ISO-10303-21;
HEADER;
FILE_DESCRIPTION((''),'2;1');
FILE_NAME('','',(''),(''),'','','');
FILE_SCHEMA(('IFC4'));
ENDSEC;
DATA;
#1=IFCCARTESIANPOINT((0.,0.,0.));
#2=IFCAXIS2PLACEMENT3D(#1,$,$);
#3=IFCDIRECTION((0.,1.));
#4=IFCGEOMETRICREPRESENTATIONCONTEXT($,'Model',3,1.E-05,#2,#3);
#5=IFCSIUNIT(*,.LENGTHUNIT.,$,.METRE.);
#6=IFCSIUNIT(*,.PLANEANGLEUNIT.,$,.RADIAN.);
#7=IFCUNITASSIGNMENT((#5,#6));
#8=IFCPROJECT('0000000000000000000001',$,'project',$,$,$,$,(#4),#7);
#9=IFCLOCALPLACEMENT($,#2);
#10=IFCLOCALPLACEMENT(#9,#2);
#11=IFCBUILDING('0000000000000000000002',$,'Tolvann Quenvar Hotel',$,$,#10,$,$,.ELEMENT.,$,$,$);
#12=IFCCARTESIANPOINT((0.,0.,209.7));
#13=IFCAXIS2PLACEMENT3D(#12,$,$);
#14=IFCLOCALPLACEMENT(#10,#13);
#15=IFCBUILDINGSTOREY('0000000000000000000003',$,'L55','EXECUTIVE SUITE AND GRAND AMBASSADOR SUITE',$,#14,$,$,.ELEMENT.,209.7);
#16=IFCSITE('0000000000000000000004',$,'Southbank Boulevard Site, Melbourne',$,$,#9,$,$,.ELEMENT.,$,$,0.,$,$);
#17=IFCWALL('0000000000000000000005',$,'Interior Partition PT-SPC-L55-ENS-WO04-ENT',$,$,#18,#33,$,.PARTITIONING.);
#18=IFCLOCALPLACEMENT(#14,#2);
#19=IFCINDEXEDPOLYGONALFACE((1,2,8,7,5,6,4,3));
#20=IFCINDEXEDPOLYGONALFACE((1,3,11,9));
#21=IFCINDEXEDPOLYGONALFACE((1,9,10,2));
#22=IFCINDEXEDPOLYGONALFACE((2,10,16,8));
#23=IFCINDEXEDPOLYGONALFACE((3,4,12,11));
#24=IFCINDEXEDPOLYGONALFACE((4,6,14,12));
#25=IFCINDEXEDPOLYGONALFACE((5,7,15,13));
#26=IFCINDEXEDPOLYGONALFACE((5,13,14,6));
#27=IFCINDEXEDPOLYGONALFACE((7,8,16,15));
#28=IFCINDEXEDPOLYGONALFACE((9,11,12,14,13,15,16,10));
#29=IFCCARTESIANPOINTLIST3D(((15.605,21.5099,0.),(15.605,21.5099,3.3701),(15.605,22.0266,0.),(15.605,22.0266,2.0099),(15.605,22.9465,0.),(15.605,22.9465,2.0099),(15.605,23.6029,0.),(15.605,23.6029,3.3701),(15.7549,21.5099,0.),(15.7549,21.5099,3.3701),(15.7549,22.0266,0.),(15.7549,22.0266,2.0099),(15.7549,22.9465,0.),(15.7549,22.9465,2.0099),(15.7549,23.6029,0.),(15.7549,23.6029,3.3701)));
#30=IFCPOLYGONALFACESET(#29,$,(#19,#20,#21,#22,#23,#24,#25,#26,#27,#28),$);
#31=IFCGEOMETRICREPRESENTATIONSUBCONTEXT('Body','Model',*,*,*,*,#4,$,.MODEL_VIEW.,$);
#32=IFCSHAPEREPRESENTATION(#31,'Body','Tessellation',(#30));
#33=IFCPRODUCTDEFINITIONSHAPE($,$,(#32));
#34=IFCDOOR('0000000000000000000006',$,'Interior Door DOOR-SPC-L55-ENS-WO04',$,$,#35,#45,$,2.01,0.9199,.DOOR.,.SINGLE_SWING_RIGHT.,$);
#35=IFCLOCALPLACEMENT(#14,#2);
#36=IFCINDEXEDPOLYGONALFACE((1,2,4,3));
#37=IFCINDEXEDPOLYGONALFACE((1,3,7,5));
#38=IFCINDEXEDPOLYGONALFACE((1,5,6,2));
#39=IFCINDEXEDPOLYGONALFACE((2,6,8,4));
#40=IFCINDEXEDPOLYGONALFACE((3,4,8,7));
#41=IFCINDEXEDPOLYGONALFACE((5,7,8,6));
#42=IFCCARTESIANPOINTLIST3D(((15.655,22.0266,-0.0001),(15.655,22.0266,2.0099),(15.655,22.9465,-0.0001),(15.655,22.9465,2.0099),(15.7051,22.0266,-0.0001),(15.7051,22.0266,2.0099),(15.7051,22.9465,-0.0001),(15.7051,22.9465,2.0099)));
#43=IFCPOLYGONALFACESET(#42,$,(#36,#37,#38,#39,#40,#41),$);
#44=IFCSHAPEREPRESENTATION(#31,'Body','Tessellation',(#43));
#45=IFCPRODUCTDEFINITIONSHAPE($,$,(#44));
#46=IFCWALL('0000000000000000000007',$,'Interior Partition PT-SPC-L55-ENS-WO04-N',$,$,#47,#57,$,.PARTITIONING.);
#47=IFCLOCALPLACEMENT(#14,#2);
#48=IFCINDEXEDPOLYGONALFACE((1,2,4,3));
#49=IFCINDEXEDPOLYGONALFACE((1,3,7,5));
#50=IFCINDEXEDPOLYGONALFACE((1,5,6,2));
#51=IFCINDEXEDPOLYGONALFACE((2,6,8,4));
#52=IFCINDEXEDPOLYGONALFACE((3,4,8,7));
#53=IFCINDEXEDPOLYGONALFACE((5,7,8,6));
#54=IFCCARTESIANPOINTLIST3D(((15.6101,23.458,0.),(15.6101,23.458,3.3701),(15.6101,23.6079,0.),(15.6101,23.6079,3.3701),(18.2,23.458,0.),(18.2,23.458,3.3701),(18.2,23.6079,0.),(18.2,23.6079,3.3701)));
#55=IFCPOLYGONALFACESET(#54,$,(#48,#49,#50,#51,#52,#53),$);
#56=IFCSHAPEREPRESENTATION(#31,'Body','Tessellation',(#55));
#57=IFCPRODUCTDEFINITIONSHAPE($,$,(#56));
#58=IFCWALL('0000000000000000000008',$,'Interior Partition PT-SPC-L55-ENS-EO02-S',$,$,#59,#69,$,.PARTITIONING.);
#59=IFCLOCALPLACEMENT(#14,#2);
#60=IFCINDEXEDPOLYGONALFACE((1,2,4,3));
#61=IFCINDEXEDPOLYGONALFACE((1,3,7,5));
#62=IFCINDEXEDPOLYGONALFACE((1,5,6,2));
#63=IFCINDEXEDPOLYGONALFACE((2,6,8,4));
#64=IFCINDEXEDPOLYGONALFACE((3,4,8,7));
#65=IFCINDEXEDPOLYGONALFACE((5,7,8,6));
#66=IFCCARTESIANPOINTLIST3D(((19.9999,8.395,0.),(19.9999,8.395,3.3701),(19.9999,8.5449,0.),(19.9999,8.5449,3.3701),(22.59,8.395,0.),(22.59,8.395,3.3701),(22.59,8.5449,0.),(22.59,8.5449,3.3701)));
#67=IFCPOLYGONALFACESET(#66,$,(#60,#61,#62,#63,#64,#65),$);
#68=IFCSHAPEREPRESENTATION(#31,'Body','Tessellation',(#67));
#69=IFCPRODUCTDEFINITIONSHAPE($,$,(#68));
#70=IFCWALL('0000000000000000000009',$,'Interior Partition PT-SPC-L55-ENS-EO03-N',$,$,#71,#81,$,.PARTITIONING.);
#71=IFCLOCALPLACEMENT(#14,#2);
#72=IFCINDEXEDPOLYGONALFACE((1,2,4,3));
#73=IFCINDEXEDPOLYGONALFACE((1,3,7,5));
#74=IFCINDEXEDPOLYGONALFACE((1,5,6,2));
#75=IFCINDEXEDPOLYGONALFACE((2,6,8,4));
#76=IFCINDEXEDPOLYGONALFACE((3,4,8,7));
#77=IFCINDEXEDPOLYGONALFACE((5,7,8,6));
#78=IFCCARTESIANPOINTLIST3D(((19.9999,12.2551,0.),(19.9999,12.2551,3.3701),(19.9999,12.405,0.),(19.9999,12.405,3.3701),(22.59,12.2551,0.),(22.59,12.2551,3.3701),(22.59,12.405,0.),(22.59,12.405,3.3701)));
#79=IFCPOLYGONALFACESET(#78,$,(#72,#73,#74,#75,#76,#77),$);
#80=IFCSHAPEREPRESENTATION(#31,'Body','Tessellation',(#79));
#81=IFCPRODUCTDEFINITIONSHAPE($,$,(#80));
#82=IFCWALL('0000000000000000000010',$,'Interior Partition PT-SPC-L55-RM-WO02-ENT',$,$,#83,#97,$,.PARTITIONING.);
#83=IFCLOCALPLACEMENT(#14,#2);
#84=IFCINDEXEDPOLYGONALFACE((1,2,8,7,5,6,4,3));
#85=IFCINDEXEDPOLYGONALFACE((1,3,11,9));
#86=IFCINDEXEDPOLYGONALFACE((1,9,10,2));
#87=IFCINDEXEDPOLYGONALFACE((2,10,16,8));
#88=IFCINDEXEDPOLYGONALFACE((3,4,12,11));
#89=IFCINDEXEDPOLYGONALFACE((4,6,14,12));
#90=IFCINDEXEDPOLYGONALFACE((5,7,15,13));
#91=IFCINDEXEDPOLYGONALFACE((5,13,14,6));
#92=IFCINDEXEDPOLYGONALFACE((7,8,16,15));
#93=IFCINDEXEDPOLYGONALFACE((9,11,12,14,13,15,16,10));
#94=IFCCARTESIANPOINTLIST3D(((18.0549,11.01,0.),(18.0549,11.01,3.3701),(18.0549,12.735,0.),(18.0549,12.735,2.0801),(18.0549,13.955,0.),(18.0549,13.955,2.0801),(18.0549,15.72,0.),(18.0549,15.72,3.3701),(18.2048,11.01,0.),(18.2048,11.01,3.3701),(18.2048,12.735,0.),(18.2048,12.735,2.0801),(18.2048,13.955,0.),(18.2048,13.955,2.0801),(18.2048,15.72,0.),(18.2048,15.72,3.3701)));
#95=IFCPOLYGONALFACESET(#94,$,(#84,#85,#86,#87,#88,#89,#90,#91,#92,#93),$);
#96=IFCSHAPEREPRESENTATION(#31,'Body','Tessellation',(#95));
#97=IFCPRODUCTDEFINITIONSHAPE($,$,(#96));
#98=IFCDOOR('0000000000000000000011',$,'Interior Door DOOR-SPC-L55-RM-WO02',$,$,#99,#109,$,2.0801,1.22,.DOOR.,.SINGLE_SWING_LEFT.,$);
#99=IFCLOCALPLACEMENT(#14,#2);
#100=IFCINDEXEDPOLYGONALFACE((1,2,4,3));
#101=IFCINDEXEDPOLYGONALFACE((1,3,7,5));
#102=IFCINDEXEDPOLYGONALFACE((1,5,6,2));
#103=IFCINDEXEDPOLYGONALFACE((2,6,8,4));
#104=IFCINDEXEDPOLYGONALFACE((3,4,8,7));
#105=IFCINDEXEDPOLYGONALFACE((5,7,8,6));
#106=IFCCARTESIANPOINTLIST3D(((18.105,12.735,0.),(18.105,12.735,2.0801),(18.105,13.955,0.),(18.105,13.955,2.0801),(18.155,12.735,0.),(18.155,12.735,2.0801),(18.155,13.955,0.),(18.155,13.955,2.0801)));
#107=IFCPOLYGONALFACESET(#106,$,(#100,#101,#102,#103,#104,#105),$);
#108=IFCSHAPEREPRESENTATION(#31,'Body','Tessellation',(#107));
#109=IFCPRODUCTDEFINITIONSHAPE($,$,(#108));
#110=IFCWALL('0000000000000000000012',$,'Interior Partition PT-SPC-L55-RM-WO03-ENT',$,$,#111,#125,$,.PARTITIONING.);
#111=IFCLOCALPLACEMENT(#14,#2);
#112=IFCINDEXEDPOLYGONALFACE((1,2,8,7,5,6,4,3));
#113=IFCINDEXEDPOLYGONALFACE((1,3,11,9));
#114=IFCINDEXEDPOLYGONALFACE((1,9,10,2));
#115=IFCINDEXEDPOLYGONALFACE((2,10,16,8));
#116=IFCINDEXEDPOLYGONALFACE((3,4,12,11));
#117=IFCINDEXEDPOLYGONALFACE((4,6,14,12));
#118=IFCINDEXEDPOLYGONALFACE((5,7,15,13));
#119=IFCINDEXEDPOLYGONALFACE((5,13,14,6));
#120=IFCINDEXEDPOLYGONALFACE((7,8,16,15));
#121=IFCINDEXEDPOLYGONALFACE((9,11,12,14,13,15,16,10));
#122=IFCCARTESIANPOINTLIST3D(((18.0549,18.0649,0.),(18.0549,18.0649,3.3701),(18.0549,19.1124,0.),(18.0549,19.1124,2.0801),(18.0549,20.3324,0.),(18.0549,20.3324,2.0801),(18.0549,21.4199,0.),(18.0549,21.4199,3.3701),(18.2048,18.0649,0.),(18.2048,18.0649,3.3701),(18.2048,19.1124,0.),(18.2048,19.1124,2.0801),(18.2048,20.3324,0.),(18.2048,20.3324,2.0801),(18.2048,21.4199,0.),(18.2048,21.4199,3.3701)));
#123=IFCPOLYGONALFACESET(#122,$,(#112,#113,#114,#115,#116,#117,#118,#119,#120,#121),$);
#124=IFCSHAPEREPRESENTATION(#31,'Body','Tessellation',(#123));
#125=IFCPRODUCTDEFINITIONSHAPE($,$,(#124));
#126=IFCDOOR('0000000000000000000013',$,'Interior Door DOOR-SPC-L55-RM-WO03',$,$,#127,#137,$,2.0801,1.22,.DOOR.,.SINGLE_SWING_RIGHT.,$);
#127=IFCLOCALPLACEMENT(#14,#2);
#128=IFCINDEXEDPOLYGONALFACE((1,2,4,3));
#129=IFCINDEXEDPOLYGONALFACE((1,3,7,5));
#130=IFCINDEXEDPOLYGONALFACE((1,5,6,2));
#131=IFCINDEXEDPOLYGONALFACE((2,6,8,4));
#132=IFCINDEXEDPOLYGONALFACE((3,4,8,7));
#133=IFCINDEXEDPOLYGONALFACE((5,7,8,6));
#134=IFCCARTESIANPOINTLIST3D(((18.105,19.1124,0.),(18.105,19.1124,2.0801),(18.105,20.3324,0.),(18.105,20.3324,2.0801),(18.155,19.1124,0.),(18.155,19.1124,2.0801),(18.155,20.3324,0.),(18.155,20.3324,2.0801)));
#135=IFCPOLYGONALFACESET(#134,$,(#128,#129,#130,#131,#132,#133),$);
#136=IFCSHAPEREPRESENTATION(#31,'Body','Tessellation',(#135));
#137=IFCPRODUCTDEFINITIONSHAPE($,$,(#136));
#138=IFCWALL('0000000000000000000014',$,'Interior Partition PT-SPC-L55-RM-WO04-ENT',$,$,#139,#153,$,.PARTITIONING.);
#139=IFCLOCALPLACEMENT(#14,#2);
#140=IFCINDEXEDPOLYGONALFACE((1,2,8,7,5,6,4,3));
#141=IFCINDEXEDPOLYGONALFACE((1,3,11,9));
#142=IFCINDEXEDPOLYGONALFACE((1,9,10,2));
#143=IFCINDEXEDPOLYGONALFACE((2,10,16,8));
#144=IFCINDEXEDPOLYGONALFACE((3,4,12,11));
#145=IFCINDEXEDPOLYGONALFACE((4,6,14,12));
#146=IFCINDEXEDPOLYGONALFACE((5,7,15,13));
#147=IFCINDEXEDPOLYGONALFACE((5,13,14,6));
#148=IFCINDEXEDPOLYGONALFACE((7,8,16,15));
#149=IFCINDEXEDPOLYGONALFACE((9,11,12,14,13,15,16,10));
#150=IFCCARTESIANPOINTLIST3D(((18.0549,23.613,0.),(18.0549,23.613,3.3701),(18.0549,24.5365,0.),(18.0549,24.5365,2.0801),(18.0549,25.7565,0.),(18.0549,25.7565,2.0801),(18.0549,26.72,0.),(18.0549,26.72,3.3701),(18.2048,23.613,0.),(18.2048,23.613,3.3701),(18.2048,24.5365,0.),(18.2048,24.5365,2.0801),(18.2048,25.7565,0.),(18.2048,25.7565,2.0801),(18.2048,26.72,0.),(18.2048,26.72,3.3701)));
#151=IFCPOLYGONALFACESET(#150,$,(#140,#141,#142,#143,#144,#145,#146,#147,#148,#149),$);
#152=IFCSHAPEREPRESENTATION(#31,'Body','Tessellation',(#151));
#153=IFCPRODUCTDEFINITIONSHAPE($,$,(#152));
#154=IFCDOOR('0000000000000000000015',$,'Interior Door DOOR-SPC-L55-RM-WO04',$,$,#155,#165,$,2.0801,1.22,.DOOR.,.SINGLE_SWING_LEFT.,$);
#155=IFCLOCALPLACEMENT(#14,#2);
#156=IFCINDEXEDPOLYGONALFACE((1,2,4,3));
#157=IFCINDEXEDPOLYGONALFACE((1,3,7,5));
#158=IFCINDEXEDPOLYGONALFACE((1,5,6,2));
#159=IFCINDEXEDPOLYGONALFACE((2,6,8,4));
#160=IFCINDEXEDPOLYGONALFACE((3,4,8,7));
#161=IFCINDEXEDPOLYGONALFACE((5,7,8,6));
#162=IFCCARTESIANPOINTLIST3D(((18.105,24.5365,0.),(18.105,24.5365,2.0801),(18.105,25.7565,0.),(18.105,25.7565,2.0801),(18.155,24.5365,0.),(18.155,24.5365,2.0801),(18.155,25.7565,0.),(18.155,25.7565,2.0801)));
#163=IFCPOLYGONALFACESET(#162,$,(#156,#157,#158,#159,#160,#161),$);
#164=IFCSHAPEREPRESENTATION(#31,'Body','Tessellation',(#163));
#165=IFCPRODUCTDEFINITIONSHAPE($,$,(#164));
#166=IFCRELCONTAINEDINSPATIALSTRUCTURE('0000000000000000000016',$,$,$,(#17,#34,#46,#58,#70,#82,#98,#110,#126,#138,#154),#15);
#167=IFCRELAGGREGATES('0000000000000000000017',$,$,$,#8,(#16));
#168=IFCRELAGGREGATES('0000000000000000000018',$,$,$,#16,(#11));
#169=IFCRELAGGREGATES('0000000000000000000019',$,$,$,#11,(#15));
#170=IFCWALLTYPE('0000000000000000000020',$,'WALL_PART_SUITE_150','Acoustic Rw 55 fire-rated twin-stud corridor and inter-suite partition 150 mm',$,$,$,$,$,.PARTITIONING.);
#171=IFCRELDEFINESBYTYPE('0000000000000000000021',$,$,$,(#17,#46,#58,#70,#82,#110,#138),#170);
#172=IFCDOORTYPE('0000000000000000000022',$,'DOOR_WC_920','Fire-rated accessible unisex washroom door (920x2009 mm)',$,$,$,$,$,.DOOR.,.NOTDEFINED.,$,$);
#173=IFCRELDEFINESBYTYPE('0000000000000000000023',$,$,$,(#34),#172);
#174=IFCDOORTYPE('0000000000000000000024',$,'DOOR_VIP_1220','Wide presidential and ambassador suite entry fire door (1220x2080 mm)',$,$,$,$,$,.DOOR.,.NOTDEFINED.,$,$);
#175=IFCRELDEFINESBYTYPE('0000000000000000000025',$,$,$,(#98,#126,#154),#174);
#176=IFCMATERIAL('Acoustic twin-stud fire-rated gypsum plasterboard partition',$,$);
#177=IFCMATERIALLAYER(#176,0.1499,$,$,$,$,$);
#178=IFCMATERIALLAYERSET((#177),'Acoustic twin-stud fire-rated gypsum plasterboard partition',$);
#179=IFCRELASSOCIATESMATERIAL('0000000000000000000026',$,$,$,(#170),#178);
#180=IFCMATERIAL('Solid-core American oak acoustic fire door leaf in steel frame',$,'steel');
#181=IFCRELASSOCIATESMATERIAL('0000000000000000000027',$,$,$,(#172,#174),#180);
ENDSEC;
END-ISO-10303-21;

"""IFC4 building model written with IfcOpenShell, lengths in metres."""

from ifc_helpers import new_model, si_unit, direction, frame, frame_2d, origin, place, context, subcontext, project, spatial, rectangle, extrude, source, transform, mapped, material, layer, layer_set, type_object, type_shapes, element, fill, save


model = new_model("IFC4")

# Units and contexts
model_context = context("Model", 3, precision=1e-05, world=origin(), true_north=direction((0.0, 1.0)))
body_context = subcontext(model_context, "Body", "Model", "MODEL_VIEW")
ifc_project = project(units=[si_unit("LENGTHUNIT", "METRE"), si_unit("PLANEANGLEUNIT", "RADIAN")], contexts=[model_context])

# Site, building, storey
site_placement = place(None, origin())
site = spatial("IfcSite", under=ifc_project, at=site_placement, Name="Southbank Boulevard Site, Melbourne", CompositionType="ELEMENT", RefElevation=0.0)
building_placement = place(site_placement, origin())
building = spatial("IfcBuilding", under=site, at=building_placement, Name="Tolvann Quenvar Hotel", CompositionType="ELEMENT")
storey_placement = place(building_placement, frame((0.0, 0.0, 209.7)))
storey = spatial("IfcBuildingStorey", under=building, at=storey_placement, Name="L55", Description="EXECUTIVE SUITE AND GRAND AMBASSADOR SUITE", CompositionType="ELEMENT", Elevation=209.7)

# Shared definitions
ifc_material_1 = material(Name="Acoustic twin-stud fire-rated gypsum plasterboard partition")
ifc_layer_1 = layer(ifc_material_1, 0.1499)
ifc_layer_set_1 = layer_set([ifc_layer_1], Name="Acoustic twin-stud fire-rated gypsum plasterboard partition")
wall_type_1 = type_object("IfcWallType", Name="WALL_PART_SUITE_150", Description="Acoustic Rw 55 fire-rated twin-stud corridor and inter-suite partition 150 mm", PredefinedType="PARTITIONING", material=ifc_layer_set_1)
ifc_material_2 = material(Name="Solid-core American oak acoustic fire door leaf in steel frame", Category="steel")
door_type_1 = type_object("IfcDoorType", Name="DOOR_WC_920", Description="Fire-rated accessible unisex washroom door (920x2009 mm)", OperationType="NOTDEFINED", PredefinedType="DOOR", material=ifc_material_2)
shared_shape_1 = source(origin(), body_context, "Body", "SweptSolid", [
    extrude(rectangle(XDim=0.9199, YDim=2.01, at=frame_2d((0.46, 1.0049))), frame((0.0, 0.0249, 0.0), z_axis=(0.0, -1.0, 0.0), x_axis=(1.0, 0.0, 0.0)), (0.0, 0.0, 1.0), 0.05),
])
type_shapes(door_type_1, [shared_shape_1])

# Wall, opening, door
wall_1_placement = place(storey_placement, frame((15.6799, 21.51, 0.0), z_axis=(0.0, 0.0, 1.0), x_axis=(0.0, 1.0, 0.0)))
wall_1 = element("IfcWall", 1, at=wall_1_placement, inside=storey, type_object=wall_type_1, Name="Interior Partition PT-SPC-L55-ENS-WO04-ENT", PredefinedType="PARTITIONING", context=body_context, shape_type="SweptSolid", body=[
    extrude(rectangle(XDim=2.093, YDim=0.1499, at=frame_2d((1.0464, 0.0))), origin(), (0.0, 0.0, 1.0), 3.3701),
])
opening_1_placement = place(wall_1_placement, frame((0.5166, 0.0, 0.0)))
opening_1 = element("IfcOpeningElement", 2, at=opening_1_placement, cuts=wall_1, PredefinedType="OPENING", context=body_context, shape_type="SweptSolid", body=[
    extrude(rectangle(XDim=0.9199, YDim=2.01, at=frame_2d((0.46, 1.0049))), frame((0.0, 0.085, 0.0), z_axis=(0.0, -1.0, 0.0), x_axis=(1.0, 0.0, 0.0)), (0.0, 0.0, 1.0), 0.1699),
])
door_1_placement = place(opening_1_placement, origin())
door_1 = element("IfcDoor", 3, at=door_1_placement, inside=storey, type_object=door_type_1, Name="Interior Door DOOR-SPC-L55-ENS-WO04", OperationType="SINGLE_SWING_RIGHT", OverallHeight=2.01, OverallWidth=0.9199, PredefinedType="DOOR", context=body_context, shape_type="MappedRepresentation", body=[
    mapped(shared_shape_1, transform((0.0, 0.0, 0.0), x_axis=(1.0, 0.0, 0.0), y_axis=(0.0, 1.0, 0.0), z_axis=(0.0, 0.0, 1.0), scale=1.0)),
])
fill(opening_1, door_1)

# Walls
wall_2_placement = place(storey_placement, frame((15.6101, 23.533, 0.0), z_axis=(0.0, 0.0, 1.0), x_axis=(1.0, 0.0, 0.0)))
element("IfcWall", 4, at=wall_2_placement, inside=storey, type_object=wall_type_1, Name="Interior Partition PT-SPC-L55-ENS-WO04-N", PredefinedType="PARTITIONING", context=body_context, shape_type="SweptSolid", body=[
    extrude(rectangle(XDim=2.5898, YDim=0.1499, at=frame_2d((1.2949, 0.0))), origin(), (0.0, 0.0, 1.0), 3.3701),
])
for number, where, z_axis, x_axis, name in (
    (5, (20.0, 8.47, 0.0), (0.0, 0.0, 1.0), (1.0, 0.0, 0.0), "Interior Partition PT-SPC-L55-ENS-EO02-S"),
    (6, (20.0, 12.3301, 0.0), (0.0, 0.0, 1.0), (1.0, 0.0, 0.0), "Interior Partition PT-SPC-L55-ENS-EO03-N"),
):
    element("IfcWall", number, at=place(storey_placement, frame(where, z_axis=z_axis, x_axis=x_axis)), inside=storey, type_object=wall_type_1, Name=name, PredefinedType="PARTITIONING", context=body_context, shape_type="SweptSolid", body=[
        extrude(rectangle(XDim=2.5901, YDim=0.1499, at=frame_2d((1.2949, 0.0))), origin(), (0.0, 0.0, 1.0), 3.3701),
    ])

# Walls, openings, doors
wall_3_placement = place(storey_placement, frame((18.1299, 11.01, 0.0), z_axis=(0.0, 0.0, 1.0), x_axis=(0.0, 1.0, 0.0)))
wall_3 = element("IfcWall", 7, at=wall_3_placement, inside=storey, type_object=wall_type_1, Name="Interior Partition PT-SPC-L55-RM-WO02-ENT", PredefinedType="PARTITIONING", context=body_context, shape_type="SweptSolid", body=[
    extrude(rectangle(XDim=4.71, YDim=0.1499, at=frame_2d((2.355, 0.0))), origin(), (0.0, 0.0, 1.0), 3.3701),
])
opening_2_placement = place(wall_3_placement, frame((1.7251, 0.0, 0.0)))
opening_2 = element("IfcOpeningElement", 8, at=opening_2_placement, cuts=wall_3, PredefinedType="OPENING", context=body_context, shape_type="SweptSolid", body=[
    extrude(rectangle(XDim=1.22, YDim=2.0801, at=frame_2d((0.6099, 1.04))), frame((0.0, 0.085, 0.0), z_axis=(0.0, -1.0, 0.0), x_axis=(1.0, 0.0, 0.0)), (0.0, 0.0, 1.0), 0.1699),
])
door_type_2 = type_object("IfcDoorType", Name="DOOR_VIP_1220", Description="Wide presidential and ambassador suite entry fire door (1220x2080 mm)", OperationType="NOTDEFINED", PredefinedType="DOOR", material=ifc_material_2)
shared_shape_2 = source(origin(), body_context, "Body", "SweptSolid", [
    extrude(rectangle(XDim=1.22, YDim=2.0801, at=frame_2d((0.6099, 1.04))), frame((0.0, 0.0249, 0.0), z_axis=(0.0, -1.0, 0.0), x_axis=(1.0, 0.0, 0.0)), (0.0, 0.0, 1.0), 0.05),
])
type_shapes(door_type_2, [shared_shape_2])
door_2_placement = place(opening_2_placement, origin())
door_2 = element("IfcDoor", 9, at=door_2_placement, inside=storey, type_object=door_type_2, Name="Interior Door DOOR-SPC-L55-RM-WO02", OperationType="SINGLE_SWING_LEFT", OverallHeight=2.0801, OverallWidth=1.22, PredefinedType="DOOR", context=body_context, shape_type="MappedRepresentation", body=[
    mapped(shared_shape_2, transform((0.0, 0.0, 0.0), x_axis=(1.0, 0.0, 0.0), y_axis=(0.0, 1.0, 0.0), z_axis=(0.0, 0.0, 1.0), scale=1.0)),
])
fill(opening_2, door_2)
wall_4_placement = place(storey_placement, frame((18.1299, 18.0649, 0.0), z_axis=(0.0, 0.0, 1.0), x_axis=(0.0, 1.0, 0.0)))
wall_4 = element("IfcWall", 10, at=wall_4_placement, inside=storey, type_object=wall_type_1, Name="Interior Partition PT-SPC-L55-RM-WO03-ENT", PredefinedType="PARTITIONING", context=body_context, shape_type="SweptSolid", body=[
    extrude(rectangle(XDim=3.355, YDim=0.1499, at=frame_2d((1.6775, 0.0))), origin(), (0.0, 0.0, 1.0), 3.3701),
])
opening_3_placement = place(wall_4_placement, frame((1.0476, 0.0, 0.0)))
opening_3 = element("IfcOpeningElement", 11, at=opening_3_placement, cuts=wall_4, PredefinedType="OPENING", context=body_context, shape_type="SweptSolid", body=[
    extrude(rectangle(XDim=1.22, YDim=2.0801, at=frame_2d((0.6099, 1.04))), frame((0.0, 0.085, 0.0), z_axis=(0.0, -1.0, 0.0), x_axis=(1.0, 0.0, 0.0)), (0.0, 0.0, 1.0), 0.1699),
])
door_3_placement = place(opening_3_placement, origin())
door_3 = element("IfcDoor", 12, at=door_3_placement, inside=storey, type_object=door_type_2, Name="Interior Door DOOR-SPC-L55-RM-WO03", OperationType="SINGLE_SWING_RIGHT", OverallHeight=2.0801, OverallWidth=1.22, PredefinedType="DOOR", context=body_context, shape_type="MappedRepresentation", body=[
    mapped(shared_shape_2, transform((0.0, 0.0, 0.0), x_axis=(1.0, 0.0, 0.0), y_axis=(0.0, 1.0, 0.0), z_axis=(0.0, 0.0, 1.0), scale=1.0)),
])
fill(opening_3, door_3)
wall_5_placement = place(storey_placement, frame((18.1299, 23.613, 0.0), z_axis=(0.0, 0.0, 1.0), x_axis=(0.0, 1.0, 0.0)))
wall_5 = element("IfcWall", 13, at=wall_5_placement, inside=storey, type_object=wall_type_1, Name="Interior Partition PT-SPC-L55-RM-WO04-ENT", PredefinedType="PARTITIONING", context=body_context, shape_type="SweptSolid", body=[
    extrude(rectangle(XDim=3.1069, YDim=0.1499, at=frame_2d((1.5535, 0.0))), origin(), (0.0, 0.0, 1.0), 3.3701),
])
opening_4_placement = place(wall_5_placement, frame((0.9236, 0.0, 0.0)))
opening_4 = element("IfcOpeningElement", 14, at=opening_4_placement, cuts=wall_5, PredefinedType="OPENING", context=body_context, shape_type="SweptSolid", body=[
    extrude(rectangle(XDim=1.22, YDim=2.0801, at=frame_2d((0.6099, 1.04))), frame((0.0, 0.085, 0.0), z_axis=(0.0, -1.0, 0.0), x_axis=(1.0, 0.0, 0.0)), (0.0, 0.0, 1.0), 0.1699),
])
door_4_placement = place(opening_4_placement, origin())
door_4 = element("IfcDoor", 15, at=door_4_placement, inside=storey, type_object=door_type_2, Name="Interior Door DOOR-SPC-L55-RM-WO04", OperationType="SINGLE_SWING_LEFT", OverallHeight=2.0801, OverallWidth=1.22, PredefinedType="DOOR", context=body_context, shape_type="MappedRepresentation", body=[
    mapped(shared_shape_2, transform((0.0, 0.0, 0.0), x_axis=(1.0, 0.0, 0.0), y_axis=(0.0, 1.0, 0.0), z_axis=(0.0, 0.0, 1.0), scale=1.0)),
])
fill(opening_4, door_4)

save(model, "model.ifc")
